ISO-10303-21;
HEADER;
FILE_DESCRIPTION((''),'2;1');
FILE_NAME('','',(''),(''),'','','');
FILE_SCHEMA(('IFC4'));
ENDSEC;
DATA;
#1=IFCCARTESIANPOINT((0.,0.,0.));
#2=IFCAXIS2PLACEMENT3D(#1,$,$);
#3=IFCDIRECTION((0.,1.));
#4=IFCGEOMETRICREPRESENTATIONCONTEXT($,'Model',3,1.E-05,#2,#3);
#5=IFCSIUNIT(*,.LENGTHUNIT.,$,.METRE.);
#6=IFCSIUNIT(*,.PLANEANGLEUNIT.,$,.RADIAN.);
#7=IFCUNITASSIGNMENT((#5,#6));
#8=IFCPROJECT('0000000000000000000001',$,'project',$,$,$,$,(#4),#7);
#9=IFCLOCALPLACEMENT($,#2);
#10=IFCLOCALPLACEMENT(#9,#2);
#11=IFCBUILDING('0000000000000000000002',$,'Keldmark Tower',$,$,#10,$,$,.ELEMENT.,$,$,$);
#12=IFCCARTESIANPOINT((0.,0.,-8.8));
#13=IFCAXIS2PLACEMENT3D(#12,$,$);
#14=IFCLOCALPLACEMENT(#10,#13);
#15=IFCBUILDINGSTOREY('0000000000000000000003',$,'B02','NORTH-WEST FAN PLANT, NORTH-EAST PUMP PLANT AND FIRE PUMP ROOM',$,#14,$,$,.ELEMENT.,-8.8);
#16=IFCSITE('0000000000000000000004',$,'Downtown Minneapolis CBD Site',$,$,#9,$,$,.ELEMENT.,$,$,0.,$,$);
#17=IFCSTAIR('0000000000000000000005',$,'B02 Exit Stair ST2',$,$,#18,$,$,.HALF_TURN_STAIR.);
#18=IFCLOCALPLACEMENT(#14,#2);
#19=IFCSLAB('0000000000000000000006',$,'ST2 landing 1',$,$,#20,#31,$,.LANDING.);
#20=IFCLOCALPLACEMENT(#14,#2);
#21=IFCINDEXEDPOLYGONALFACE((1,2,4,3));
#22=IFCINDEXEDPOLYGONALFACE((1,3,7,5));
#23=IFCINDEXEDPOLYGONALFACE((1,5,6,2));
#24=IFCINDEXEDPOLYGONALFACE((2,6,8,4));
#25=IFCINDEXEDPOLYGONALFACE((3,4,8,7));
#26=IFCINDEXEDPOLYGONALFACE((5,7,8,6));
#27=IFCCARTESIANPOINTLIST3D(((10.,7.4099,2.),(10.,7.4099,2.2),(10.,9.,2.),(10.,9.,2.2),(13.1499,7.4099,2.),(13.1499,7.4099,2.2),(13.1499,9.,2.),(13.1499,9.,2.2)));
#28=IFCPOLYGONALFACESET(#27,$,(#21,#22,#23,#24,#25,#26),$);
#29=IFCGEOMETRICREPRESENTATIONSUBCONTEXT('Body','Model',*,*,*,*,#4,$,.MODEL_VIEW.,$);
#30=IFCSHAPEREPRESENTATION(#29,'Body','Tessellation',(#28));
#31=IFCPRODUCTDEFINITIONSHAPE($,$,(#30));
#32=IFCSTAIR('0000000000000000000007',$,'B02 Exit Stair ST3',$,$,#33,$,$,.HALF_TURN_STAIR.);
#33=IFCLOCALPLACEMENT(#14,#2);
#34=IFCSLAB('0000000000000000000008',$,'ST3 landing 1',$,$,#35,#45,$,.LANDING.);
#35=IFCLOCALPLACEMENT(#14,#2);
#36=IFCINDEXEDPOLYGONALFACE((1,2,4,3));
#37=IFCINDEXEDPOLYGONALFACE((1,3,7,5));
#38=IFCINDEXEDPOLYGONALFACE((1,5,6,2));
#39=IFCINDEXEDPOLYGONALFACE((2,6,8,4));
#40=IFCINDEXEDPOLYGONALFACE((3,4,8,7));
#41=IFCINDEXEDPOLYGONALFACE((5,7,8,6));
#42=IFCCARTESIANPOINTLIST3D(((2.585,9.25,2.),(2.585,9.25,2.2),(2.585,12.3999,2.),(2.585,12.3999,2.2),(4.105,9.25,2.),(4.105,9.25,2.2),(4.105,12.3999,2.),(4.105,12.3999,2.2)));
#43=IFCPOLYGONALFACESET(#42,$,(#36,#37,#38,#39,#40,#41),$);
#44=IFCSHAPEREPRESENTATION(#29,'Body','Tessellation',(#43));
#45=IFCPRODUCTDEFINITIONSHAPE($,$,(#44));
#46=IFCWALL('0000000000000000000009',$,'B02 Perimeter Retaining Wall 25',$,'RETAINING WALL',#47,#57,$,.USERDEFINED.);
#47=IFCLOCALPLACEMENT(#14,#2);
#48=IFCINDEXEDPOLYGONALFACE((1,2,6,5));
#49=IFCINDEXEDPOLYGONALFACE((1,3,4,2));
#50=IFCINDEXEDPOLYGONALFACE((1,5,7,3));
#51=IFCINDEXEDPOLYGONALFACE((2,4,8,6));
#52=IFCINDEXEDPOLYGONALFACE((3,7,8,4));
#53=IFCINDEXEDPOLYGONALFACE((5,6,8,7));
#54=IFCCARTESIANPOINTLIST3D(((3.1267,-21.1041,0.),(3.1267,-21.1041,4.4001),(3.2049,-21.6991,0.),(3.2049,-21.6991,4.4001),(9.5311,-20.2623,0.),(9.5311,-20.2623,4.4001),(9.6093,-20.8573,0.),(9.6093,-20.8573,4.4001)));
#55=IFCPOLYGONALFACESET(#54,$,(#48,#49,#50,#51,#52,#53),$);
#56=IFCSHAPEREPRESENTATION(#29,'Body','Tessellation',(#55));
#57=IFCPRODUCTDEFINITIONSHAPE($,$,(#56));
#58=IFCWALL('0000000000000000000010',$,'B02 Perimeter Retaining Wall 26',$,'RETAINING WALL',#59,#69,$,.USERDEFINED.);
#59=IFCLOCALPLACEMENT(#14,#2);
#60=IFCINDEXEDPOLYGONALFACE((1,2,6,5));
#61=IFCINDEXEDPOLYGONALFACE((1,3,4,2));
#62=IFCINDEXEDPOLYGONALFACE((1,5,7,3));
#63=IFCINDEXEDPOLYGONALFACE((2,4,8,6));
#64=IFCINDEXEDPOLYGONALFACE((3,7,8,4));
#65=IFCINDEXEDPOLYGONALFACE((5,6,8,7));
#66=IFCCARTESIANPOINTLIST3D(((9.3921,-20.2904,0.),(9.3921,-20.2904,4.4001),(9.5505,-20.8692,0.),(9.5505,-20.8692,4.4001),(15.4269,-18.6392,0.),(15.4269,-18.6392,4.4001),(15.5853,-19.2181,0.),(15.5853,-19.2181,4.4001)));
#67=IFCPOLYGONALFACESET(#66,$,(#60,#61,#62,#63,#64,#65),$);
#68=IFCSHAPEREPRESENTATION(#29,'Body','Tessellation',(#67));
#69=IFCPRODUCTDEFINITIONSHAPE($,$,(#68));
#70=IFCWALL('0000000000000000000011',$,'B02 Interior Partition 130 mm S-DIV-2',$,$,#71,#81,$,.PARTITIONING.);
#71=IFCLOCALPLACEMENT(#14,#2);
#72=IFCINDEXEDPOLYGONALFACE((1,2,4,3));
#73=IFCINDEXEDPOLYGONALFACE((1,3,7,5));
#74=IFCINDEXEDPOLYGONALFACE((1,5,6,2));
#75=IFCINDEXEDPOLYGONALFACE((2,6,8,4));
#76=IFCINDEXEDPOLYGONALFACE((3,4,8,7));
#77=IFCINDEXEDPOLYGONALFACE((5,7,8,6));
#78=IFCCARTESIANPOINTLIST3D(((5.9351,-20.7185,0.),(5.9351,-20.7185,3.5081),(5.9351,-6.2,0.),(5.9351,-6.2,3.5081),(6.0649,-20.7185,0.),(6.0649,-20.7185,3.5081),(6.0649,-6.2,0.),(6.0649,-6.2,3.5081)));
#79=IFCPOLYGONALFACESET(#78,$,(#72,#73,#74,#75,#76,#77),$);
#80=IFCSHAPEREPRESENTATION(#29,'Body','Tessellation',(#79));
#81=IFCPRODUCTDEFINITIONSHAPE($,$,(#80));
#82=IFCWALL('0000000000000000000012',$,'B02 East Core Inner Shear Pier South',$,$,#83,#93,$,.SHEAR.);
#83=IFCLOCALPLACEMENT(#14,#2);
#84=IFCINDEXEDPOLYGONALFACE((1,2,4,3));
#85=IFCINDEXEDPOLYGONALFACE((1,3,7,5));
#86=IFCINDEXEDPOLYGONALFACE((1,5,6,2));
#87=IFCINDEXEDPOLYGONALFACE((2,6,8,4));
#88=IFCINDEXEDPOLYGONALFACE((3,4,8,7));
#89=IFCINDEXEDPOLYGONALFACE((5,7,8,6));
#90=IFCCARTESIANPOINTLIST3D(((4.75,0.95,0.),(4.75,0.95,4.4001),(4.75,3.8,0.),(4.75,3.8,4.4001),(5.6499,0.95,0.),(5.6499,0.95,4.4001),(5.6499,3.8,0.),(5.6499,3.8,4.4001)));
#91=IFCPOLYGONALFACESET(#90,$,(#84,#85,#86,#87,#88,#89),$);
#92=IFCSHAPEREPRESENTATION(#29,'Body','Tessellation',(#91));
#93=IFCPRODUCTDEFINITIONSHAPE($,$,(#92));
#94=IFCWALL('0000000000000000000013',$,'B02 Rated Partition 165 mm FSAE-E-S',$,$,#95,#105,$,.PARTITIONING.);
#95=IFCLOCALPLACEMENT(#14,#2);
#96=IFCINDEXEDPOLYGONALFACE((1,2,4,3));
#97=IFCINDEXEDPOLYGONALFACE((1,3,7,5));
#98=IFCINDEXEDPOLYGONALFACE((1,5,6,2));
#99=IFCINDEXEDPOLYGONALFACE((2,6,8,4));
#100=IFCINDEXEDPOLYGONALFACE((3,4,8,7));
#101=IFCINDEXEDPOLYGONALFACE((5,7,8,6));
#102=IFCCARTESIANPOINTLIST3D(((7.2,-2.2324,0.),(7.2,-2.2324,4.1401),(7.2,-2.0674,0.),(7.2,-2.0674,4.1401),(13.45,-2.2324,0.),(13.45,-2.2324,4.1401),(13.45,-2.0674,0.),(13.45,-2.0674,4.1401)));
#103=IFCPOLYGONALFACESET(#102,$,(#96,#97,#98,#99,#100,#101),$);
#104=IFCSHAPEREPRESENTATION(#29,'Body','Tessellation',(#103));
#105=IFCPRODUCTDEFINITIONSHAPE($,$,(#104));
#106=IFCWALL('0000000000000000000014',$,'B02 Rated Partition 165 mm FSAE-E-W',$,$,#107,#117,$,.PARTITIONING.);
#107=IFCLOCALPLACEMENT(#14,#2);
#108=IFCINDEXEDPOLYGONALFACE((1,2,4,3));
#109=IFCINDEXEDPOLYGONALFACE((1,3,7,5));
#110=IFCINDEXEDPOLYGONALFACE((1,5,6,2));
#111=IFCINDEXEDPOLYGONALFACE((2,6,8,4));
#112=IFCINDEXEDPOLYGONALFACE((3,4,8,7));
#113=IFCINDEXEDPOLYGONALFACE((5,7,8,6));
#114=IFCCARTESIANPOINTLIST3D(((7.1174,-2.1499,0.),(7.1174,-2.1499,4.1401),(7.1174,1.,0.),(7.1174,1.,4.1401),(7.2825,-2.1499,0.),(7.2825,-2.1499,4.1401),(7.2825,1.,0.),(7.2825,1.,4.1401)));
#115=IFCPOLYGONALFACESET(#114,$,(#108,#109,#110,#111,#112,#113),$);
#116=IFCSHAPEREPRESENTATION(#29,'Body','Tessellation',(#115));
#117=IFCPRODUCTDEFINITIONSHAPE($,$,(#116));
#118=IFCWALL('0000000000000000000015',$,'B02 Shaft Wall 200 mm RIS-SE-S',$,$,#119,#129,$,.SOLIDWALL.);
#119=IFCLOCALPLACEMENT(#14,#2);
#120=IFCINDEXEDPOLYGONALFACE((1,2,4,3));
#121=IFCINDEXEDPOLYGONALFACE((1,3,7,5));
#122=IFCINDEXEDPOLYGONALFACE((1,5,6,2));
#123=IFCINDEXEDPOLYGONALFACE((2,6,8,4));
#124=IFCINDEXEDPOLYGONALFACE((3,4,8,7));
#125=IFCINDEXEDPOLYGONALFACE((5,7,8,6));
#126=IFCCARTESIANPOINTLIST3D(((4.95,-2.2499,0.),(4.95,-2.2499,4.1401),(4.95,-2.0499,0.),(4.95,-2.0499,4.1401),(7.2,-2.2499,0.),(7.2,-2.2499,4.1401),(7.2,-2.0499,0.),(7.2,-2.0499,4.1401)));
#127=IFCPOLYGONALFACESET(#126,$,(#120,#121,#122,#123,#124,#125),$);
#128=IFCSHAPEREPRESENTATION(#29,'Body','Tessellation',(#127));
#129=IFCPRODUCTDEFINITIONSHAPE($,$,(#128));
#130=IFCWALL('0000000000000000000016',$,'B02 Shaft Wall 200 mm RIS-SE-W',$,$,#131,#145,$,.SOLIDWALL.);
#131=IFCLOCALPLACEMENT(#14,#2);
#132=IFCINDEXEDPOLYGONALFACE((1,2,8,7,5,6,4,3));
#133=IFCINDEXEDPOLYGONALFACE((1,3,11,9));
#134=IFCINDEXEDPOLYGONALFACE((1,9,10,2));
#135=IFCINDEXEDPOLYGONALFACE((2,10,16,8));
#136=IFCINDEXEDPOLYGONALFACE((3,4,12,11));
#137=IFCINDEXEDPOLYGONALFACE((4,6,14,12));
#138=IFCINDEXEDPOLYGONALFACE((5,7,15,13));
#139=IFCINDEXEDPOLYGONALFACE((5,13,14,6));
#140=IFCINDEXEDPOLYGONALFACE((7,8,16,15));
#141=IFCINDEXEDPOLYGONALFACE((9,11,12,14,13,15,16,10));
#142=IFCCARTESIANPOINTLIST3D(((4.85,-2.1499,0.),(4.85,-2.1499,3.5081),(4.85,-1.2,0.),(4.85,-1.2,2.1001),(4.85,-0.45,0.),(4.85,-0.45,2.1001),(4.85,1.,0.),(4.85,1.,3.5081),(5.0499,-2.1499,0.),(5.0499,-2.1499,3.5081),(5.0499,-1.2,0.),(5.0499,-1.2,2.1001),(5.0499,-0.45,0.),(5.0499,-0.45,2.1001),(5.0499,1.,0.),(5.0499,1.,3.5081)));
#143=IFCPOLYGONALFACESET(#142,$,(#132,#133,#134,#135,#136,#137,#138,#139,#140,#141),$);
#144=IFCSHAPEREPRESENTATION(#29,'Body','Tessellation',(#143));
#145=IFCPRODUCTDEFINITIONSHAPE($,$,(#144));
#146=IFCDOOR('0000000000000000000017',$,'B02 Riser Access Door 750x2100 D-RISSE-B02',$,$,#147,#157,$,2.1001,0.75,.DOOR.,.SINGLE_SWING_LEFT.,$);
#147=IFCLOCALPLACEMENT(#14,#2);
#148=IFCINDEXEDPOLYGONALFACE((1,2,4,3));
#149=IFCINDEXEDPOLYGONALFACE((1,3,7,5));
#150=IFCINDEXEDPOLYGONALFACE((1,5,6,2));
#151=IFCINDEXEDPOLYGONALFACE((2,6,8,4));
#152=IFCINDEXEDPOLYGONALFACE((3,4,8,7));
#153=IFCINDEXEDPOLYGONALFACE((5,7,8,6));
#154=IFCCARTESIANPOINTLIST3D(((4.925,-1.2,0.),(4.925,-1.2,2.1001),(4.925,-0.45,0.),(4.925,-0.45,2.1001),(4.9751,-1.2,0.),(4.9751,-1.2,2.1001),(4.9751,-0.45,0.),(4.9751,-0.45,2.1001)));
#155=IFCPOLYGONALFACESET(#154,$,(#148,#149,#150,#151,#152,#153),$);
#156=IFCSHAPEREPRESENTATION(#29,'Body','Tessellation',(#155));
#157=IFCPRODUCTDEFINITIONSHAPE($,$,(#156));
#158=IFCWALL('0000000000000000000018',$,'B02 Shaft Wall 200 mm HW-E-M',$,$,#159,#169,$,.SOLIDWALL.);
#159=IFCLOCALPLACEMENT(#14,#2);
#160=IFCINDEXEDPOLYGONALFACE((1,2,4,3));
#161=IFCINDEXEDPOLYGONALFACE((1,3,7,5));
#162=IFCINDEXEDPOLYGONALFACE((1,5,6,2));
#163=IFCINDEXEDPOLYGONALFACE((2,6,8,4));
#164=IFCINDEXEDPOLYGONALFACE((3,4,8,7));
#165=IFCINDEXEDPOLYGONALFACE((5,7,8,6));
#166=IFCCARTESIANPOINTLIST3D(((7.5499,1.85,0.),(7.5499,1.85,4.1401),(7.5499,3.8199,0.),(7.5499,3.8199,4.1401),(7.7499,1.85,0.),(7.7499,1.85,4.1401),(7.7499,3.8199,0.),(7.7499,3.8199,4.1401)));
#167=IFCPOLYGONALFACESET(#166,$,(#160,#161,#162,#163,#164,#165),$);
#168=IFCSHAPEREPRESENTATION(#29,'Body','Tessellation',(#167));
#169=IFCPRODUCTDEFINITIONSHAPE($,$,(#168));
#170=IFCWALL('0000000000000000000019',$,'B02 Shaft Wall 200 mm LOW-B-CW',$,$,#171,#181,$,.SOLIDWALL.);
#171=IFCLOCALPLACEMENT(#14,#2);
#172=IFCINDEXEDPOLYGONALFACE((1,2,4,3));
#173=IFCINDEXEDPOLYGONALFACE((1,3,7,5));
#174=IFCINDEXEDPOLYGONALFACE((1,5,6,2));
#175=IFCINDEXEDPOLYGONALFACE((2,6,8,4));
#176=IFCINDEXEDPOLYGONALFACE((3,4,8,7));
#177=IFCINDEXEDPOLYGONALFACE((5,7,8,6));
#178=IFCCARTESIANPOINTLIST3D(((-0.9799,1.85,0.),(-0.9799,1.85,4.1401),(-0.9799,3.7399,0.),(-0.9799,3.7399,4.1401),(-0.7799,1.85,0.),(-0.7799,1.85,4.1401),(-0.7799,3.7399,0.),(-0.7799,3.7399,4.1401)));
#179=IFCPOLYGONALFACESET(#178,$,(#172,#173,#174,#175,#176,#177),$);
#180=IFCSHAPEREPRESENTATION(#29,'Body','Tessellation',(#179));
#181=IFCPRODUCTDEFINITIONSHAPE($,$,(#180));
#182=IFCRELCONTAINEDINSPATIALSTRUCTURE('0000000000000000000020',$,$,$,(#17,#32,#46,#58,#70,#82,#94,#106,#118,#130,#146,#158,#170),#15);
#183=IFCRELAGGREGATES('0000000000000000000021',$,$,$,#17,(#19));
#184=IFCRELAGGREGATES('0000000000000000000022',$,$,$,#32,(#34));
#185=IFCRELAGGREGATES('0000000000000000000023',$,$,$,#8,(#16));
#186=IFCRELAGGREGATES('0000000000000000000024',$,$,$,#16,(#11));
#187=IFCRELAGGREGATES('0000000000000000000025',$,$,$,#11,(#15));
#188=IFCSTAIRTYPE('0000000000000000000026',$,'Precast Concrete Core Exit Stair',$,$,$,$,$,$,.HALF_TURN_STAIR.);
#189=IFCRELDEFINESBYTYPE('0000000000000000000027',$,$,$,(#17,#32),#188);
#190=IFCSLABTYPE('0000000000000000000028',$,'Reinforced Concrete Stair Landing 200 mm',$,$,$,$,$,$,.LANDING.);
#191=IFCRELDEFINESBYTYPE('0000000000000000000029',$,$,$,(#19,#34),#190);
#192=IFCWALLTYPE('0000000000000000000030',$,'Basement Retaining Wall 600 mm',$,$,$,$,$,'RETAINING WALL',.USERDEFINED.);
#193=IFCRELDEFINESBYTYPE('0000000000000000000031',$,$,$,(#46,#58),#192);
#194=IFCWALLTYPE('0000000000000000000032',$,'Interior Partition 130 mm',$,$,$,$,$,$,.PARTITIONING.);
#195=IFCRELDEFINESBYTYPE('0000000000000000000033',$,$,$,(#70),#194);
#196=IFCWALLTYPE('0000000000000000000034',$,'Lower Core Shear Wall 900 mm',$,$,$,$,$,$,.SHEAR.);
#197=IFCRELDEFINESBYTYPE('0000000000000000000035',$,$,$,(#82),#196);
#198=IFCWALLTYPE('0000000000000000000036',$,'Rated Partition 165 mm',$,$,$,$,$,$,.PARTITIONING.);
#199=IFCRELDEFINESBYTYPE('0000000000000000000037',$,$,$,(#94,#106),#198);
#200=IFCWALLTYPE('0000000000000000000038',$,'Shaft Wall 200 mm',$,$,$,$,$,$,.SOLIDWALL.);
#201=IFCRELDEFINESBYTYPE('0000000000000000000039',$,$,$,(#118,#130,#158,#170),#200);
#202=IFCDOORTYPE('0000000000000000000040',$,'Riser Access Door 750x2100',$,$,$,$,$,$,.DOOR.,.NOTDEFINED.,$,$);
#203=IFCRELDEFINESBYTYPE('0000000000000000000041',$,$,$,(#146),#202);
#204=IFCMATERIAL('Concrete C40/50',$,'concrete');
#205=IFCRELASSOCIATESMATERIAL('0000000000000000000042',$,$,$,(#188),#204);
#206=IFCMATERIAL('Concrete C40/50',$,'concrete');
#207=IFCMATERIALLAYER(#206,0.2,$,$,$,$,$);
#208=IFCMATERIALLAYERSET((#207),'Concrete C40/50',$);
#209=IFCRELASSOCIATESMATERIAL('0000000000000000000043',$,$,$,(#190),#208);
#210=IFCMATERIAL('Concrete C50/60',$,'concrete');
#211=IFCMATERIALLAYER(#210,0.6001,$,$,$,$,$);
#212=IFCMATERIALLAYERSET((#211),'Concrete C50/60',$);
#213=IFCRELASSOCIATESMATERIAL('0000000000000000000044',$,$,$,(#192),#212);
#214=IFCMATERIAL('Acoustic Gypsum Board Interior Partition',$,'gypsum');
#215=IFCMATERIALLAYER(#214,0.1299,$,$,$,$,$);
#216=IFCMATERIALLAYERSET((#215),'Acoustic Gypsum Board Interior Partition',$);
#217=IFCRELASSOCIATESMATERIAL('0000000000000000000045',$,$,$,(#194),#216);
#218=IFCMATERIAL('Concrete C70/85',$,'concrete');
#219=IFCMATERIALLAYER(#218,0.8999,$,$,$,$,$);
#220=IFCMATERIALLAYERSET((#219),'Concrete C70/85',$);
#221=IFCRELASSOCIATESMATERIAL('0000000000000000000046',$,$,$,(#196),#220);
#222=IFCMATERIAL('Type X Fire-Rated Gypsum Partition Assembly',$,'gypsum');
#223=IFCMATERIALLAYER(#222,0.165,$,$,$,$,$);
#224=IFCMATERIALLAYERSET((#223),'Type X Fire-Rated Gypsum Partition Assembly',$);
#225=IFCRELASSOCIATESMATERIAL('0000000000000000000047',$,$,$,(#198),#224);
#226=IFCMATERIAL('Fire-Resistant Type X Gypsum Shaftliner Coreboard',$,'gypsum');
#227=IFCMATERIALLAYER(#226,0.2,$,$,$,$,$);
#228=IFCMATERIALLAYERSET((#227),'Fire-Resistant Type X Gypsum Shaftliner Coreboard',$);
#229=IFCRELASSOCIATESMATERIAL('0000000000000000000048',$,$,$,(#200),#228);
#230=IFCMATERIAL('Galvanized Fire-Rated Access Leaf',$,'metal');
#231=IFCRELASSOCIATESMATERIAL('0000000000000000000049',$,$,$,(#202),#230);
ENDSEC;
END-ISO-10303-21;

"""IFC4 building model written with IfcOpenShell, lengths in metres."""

from ifc_helpers import new_model, si_unit, direction, frame, frame_2d, origin, place, context, subcontext, project, spatial, polyline, rectangle, outline, extrude, material, layer, layer_set, type_object, element, fill, aggregate, save


model = new_model("IFC4")

# Units and contexts
model_context = context("Model", 3, precision=1e-05, world=origin(), true_north=direction((0.0, 1.0)))
body_context = subcontext(model_context, "Body", "Model", "MODEL_VIEW")
ifc_project = project(units=[si_unit("LENGTHUNIT", "METRE"), si_unit("PLANEANGLEUNIT", "RADIAN")], contexts=[model_context])

# Site, building, storey
site_placement = place(None, origin())
site = spatial("IfcSite", under=ifc_project, at=site_placement, Name="Downtown Minneapolis CBD Site", CompositionType="ELEMENT", RefElevation=0.0)
building_placement = place(site_placement, origin())
building = spatial("IfcBuilding", under=site, at=building_placement, Name="Keldmark Tower", CompositionType="ELEMENT")
storey_placement = place(building_placement, frame((0.0, 0.0, -8.8)))
storey = spatial("IfcBuildingStorey", under=building, at=storey_placement, Name="B02", Description="NORTH-WEST FAN PLANT, NORTH-EAST PUMP PLANT AND FIRE PUMP ROOM", CompositionType="ELEMENT", Elevation=-8.8)

# Stairs, slabs
ifc_material_1 = material(Name="Concrete C40/50", Category="concrete")
stair_type = type_object("IfcStairType", Name="Precast Concrete Core Exit Stair", PredefinedType="HALF_TURN_STAIR", material=ifc_material_1)
ifc_material_2 = material(Name="Concrete C40/50", Category="concrete")
ifc_layer_1 = layer(ifc_material_2, 0.2)
ifc_layer_set_1 = layer_set([ifc_layer_1], Name="Concrete C40/50")
slab_type_1 = type_object("IfcSlabType", Name="Reinforced Concrete Stair Landing 200 mm", PredefinedType="LANDING", material=ifc_layer_set_1)
stair_1_placement = place(storey_placement, origin())
stair_1 = element("IfcStair", 1, at=stair_1_placement, inside=storey, type_object=stair_type, Name="B02 Exit Stair ST2", PredefinedType="HALF_TURN_STAIR")
slab_1_placement = place(storey_placement, frame((0.0, 0.0, 2.0)))
slab_1 = element("IfcSlab", 2, at=slab_1_placement, type_object=slab_type_1, Name="ST2 landing 1", PredefinedType="LANDING", context=body_context, shape_type="SweptSolid", body=[
    extrude(outline(polyline([(13.1499, 7.4099), (13.1499, 9.0), (10.0, 9.0), (10.0, 7.4099), (13.1499, 7.4099)])), origin(), (0.0, 0.0, 1.0), 0.2),
])
aggregate(stair_1, [slab_1])
stair_2_placement = place(storey_placement, origin())
stair_2 = element("IfcStair", 3, at=stair_2_placement, inside=storey, type_object=stair_type, Name="B02 Exit Stair ST3", PredefinedType="HALF_TURN_STAIR")
slab_2_placement = place(storey_placement, frame((0.0, 0.0, 2.0)))
slab_2 = element("IfcSlab", 4, at=slab_2_placement, type_object=slab_type_1, Name="ST3 landing 1", PredefinedType="LANDING", context=body_context, shape_type="SweptSolid", body=[
    extrude(outline(polyline([(2.585, 9.25), (4.105, 9.25), (4.105, 12.3999), (2.585, 12.3999), (2.585, 9.25)])), origin(), (0.0, 0.0, 1.0), 0.2),
])
aggregate(stair_2, [slab_2])

# Walls
ifc_material_3 = material(Name="Concrete C50/60", Category="concrete")
ifc_layer_2 = layer(ifc_material_3, 0.6001)
ifc_layer_set_2 = layer_set([ifc_layer_2], Name="Concrete C50/60")
wall_type_1 = type_object("IfcWallType", Name="Basement Retaining Wall 600 mm", ElementType="RETAINING WALL", PredefinedType="USERDEFINED", material=ifc_layer_set_2)
wall_1_placement = place(storey_placement, frame((3.1658, -21.4016, 0.0), z_axis=(0.0, 0.0, 1.0), x_axis=(0.991472, 0.130322, 0.0)))
element("IfcWall", 5, at=wall_1_placement, inside=storey, type_object=wall_type_1, Name="B02 Perimeter Retaining Wall 25", ObjectType="RETAINING WALL", PredefinedType="USERDEFINED", context=body_context, shape_type="SweptSolid", body=[
    extrude(rectangle(XDim=6.4595, YDim=0.6001, at=frame_2d((3.2297, 0.0))), origin(), (0.0, 0.0, 1.0), 4.4001),
])
wall_2_placement = place(storey_placement, frame((9.4712, -20.5798, 0.0), z_axis=(0.0, 0.0, 1.0), x_axis=(0.964548, 0.263906, 0.0)))
element("IfcWall", 6, at=wall_2_placement, inside=storey, type_object=wall_type_1, Name="B02 Perimeter Retaining Wall 26", ObjectType="RETAINING WALL", PredefinedType="USERDEFINED", context=body_context, shape_type="SweptSolid", body=[
    extrude(rectangle(XDim=6.2566, YDim=0.6001, at=frame_2d((3.1284, 0.0))), origin(), (0.0, 0.0, 1.0), 4.4001),
])
ifc_material_4 = material(Name="Acoustic Gypsum Board Interior Partition", Category="gypsum")
ifc_layer_3 = layer(ifc_material_4, 0.1299)
ifc_layer_set_3 = layer_set([ifc_layer_3], Name="Acoustic Gypsum Board Interior Partition")
wall_type_2 = type_object("IfcWallType", Name="Interior Partition 130 mm", PredefinedType="PARTITIONING", material=ifc_layer_set_3)
wall_3_placement = place(storey_placement, frame((6.0, -20.7185, 0.0), z_axis=(0.0, 0.0, 1.0), x_axis=(0.0, 1.0, 0.0)))
element("IfcWall", 7, at=wall_3_placement, inside=storey, type_object=wall_type_2, Name="B02 Interior Partition 130 mm S-DIV-2", PredefinedType="PARTITIONING", context=body_context, shape_type="SweptSolid", body=[
    extrude(rectangle(XDim=14.5186, YDim=0.1299, at=frame_2d((7.2593, 0.0))), origin(), (0.0, 0.0, 1.0), 3.5081),
])
ifc_material_5 = material(Name="Concrete C70/85", Category="concrete")
ifc_layer_4 = layer(ifc_material_5, 0.8999)
ifc_layer_set_4 = layer_set([ifc_layer_4], Name="Concrete C70/85")
wall_type_3 = type_object("IfcWallType", Name="Lower Core Shear Wall 900 mm", PredefinedType="SHEAR", material=ifc_layer_set_4)
wall_4_placement = place(storey_placement, frame((5.2, 0.95, 0.0), z_axis=(0.0, 0.0, 1.0), x_axis=(0.0, 1.0, 0.0)))
element("IfcWall", 8, at=wall_4_placement, inside=storey, type_object=wall_type_3, Name="B02 East Core Inner Shear Pier South", PredefinedType="SHEAR", context=body_context, shape_type="SweptSolid", body=[
    extrude(rectangle(XDim=2.8501, YDim=0.8999, at=frame_2d((1.425, 0.0))), origin(), (0.0, 0.0, 1.0), 4.4001),
])
ifc_material_6 = material(Name="Type X Fire-Rated Gypsum Partition Assembly", Category="gypsum")
ifc_layer_5 = layer(ifc_material_6, 0.165)
ifc_layer_set_5 = layer_set([ifc_layer_5], Name="Type X Fire-Rated Gypsum Partition Assembly")
wall_type_4 = type_object("IfcWallType", Name="Rated Partition 165 mm", PredefinedType="PARTITIONING", material=ifc_layer_set_5)
wall_5_placement = place(storey_placement, frame((7.2, -2.1499, 0.0), z_axis=(0.0, 0.0, 1.0), x_axis=(1.0, 0.0, 0.0)))
element("IfcWall", 9, at=wall_5_placement, inside=storey, type_object=wall_type_4, Name="B02 Rated Partition 165 mm FSAE-E-S", PredefinedType="PARTITIONING", context=body_context, shape_type="SweptSolid", body=[
    extrude(rectangle(XDim=6.25, YDim=0.165, at=frame_2d((3.125, 0.0))), origin(), (0.0, 0.0, 1.0), 4.1401),
])
wall_6_placement = place(storey_placement, frame((7.2, -2.1499, 0.0), z_axis=(0.0, 0.0, 1.0), x_axis=(0.0, 1.0, 0.0)))
element("IfcWall", 10, at=wall_6_placement, inside=storey, type_object=wall_type_4, Name="B02 Rated Partition 165 mm FSAE-E-W", PredefinedType="PARTITIONING", context=body_context, shape_type="SweptSolid", body=[
    extrude(rectangle(XDim=3.1499, YDim=0.165, at=frame_2d((1.575, 0.0))), origin(), (0.0, 0.0, 1.0), 4.1401),
])
ifc_material_7 = material(Name="Fire-Resistant Type X Gypsum Shaftliner Coreboard", Category="gypsum")
ifc_layer_6 = layer(ifc_material_7, 0.2)
ifc_layer_set_6 = layer_set([ifc_layer_6], Name="Fire-Resistant Type X Gypsum Shaftliner Coreboard")
wall_type_5 = type_object("IfcWallType", Name="Shaft Wall 200 mm", PredefinedType="SOLIDWALL", material=ifc_layer_set_6)
wall_7_placement = place(storey_placement, frame((4.95, -2.1499, 0.0), z_axis=(0.0, 0.0, 1.0), x_axis=(1.0, 0.0, 0.0)))
element("IfcWall", 11, at=wall_7_placement, inside=storey, type_object=wall_type_5, Name="B02 Shaft Wall 200 mm RIS-SE-S", PredefinedType="SOLIDWALL", context=body_context, shape_type="SweptSolid", body=[
    extrude(rectangle(XDim=2.25, YDim=0.2, at=frame_2d((1.125, 0.0))), origin(), (0.0, 0.0, 1.0), 4.1401),
])

# Wall, opening, door
wall_8_placement = place(storey_placement, frame((4.95, -2.1499, 0.0), z_axis=(0.0, 0.0, 1.0), x_axis=(0.0, 1.0, 0.0)))
wall_8 = element("IfcWall", 12, at=wall_8_placement, inside=storey, type_object=wall_type_5, Name="B02 Shaft Wall 200 mm RIS-SE-W", PredefinedType="SOLIDWALL", context=body_context, shape_type="SweptSolid", body=[
    extrude(rectangle(XDim=3.1499, YDim=0.2, at=frame_2d((1.575, 0.0))), origin(), (0.0, 0.0, 1.0), 3.5081),
])
opening_placement = place(wall_8_placement, frame((0.95, 0.0, 0.0)))
opening = element("IfcOpeningElement", 13, at=opening_placement, cuts=wall_8, PredefinedType="OPENING", context=body_context, shape_type="SweptSolid", body=[
    extrude(rectangle(XDim=0.75, YDim=2.1001, at=frame_2d((0.375, 1.05))), frame((0.0, 0.1099, 0.0), z_axis=(0.0, -1.0, 0.0), x_axis=(1.0, 0.0, 0.0)), (0.0, 0.0, 1.0), 0.22),
])
ifc_material_8 = material(Name="Galvanized Fire-Rated Access Leaf", Category="metal")
door_type = type_object("IfcDoorType", Name="Riser Access Door 750x2100", OperationType="NOTDEFINED", PredefinedType="DOOR", material=ifc_material_8)
door_placement = place(opening_placement, origin())
door = element("IfcDoor", 14, at=door_placement, inside=storey, type_object=door_type, Name="B02 Riser Access Door 750x2100 D-RISSE-B02", OperationType="SINGLE_SWING_LEFT", OverallHeight=2.1001, OverallWidth=0.75, PredefinedType="DOOR", context=body_context, shape_type="SweptSolid", body=[
    extrude(rectangle(XDim=0.75, YDim=2.1001, at=frame_2d((0.375, 1.05))), frame((0.0, 0.0249, 0.0), z_axis=(0.0, -1.0, 0.0), x_axis=(1.0, 0.0, 0.0)), (0.0, 0.0, 1.0), 0.05),
])
fill(opening, door)

# Walls
wall_9_placement = place(storey_placement, frame((7.6499, 1.8501, 0.0), z_axis=(0.0, 0.0, 1.0), x_axis=(0.0, 1.0, 0.0)))
element("IfcWall", 15, at=wall_9_placement, inside=storey, type_object=wall_type_5, Name="B02 Shaft Wall 200 mm HW-E-M", PredefinedType="SOLIDWALL", context=body_context, shape_type="SweptSolid", body=[
    extrude(rectangle(XDim=1.97, YDim=0.2, at=frame_2d((0.9849, 0.0))), origin(), (0.0, 0.0, 1.0), 4.1401),
])
for number, where, z_axis, x_axis, name in (
    (16, (-0.8799, 1.8501, 0.0), (0.0, 0.0, 1.0), (0.0, 1.0, 0.0), "B02 Shaft Wall 200 mm LOW-B-CW"),
):
    element("IfcWall", number, at=place(storey_placement, frame(where, z_axis=z_axis, x_axis=x_axis)), inside=storey, type_object=wall_type_5, Name=name, PredefinedType="SOLIDWALL", context=body_context, shape_type="SweptSolid", body=[
        extrude(rectangle(XDim=1.8899, YDim=0.2, at=frame_2d((0.9448, 0.0))), origin(), (0.0, 0.0, 1.0), 4.1401),
    ])

save(model, "model.ifc")
